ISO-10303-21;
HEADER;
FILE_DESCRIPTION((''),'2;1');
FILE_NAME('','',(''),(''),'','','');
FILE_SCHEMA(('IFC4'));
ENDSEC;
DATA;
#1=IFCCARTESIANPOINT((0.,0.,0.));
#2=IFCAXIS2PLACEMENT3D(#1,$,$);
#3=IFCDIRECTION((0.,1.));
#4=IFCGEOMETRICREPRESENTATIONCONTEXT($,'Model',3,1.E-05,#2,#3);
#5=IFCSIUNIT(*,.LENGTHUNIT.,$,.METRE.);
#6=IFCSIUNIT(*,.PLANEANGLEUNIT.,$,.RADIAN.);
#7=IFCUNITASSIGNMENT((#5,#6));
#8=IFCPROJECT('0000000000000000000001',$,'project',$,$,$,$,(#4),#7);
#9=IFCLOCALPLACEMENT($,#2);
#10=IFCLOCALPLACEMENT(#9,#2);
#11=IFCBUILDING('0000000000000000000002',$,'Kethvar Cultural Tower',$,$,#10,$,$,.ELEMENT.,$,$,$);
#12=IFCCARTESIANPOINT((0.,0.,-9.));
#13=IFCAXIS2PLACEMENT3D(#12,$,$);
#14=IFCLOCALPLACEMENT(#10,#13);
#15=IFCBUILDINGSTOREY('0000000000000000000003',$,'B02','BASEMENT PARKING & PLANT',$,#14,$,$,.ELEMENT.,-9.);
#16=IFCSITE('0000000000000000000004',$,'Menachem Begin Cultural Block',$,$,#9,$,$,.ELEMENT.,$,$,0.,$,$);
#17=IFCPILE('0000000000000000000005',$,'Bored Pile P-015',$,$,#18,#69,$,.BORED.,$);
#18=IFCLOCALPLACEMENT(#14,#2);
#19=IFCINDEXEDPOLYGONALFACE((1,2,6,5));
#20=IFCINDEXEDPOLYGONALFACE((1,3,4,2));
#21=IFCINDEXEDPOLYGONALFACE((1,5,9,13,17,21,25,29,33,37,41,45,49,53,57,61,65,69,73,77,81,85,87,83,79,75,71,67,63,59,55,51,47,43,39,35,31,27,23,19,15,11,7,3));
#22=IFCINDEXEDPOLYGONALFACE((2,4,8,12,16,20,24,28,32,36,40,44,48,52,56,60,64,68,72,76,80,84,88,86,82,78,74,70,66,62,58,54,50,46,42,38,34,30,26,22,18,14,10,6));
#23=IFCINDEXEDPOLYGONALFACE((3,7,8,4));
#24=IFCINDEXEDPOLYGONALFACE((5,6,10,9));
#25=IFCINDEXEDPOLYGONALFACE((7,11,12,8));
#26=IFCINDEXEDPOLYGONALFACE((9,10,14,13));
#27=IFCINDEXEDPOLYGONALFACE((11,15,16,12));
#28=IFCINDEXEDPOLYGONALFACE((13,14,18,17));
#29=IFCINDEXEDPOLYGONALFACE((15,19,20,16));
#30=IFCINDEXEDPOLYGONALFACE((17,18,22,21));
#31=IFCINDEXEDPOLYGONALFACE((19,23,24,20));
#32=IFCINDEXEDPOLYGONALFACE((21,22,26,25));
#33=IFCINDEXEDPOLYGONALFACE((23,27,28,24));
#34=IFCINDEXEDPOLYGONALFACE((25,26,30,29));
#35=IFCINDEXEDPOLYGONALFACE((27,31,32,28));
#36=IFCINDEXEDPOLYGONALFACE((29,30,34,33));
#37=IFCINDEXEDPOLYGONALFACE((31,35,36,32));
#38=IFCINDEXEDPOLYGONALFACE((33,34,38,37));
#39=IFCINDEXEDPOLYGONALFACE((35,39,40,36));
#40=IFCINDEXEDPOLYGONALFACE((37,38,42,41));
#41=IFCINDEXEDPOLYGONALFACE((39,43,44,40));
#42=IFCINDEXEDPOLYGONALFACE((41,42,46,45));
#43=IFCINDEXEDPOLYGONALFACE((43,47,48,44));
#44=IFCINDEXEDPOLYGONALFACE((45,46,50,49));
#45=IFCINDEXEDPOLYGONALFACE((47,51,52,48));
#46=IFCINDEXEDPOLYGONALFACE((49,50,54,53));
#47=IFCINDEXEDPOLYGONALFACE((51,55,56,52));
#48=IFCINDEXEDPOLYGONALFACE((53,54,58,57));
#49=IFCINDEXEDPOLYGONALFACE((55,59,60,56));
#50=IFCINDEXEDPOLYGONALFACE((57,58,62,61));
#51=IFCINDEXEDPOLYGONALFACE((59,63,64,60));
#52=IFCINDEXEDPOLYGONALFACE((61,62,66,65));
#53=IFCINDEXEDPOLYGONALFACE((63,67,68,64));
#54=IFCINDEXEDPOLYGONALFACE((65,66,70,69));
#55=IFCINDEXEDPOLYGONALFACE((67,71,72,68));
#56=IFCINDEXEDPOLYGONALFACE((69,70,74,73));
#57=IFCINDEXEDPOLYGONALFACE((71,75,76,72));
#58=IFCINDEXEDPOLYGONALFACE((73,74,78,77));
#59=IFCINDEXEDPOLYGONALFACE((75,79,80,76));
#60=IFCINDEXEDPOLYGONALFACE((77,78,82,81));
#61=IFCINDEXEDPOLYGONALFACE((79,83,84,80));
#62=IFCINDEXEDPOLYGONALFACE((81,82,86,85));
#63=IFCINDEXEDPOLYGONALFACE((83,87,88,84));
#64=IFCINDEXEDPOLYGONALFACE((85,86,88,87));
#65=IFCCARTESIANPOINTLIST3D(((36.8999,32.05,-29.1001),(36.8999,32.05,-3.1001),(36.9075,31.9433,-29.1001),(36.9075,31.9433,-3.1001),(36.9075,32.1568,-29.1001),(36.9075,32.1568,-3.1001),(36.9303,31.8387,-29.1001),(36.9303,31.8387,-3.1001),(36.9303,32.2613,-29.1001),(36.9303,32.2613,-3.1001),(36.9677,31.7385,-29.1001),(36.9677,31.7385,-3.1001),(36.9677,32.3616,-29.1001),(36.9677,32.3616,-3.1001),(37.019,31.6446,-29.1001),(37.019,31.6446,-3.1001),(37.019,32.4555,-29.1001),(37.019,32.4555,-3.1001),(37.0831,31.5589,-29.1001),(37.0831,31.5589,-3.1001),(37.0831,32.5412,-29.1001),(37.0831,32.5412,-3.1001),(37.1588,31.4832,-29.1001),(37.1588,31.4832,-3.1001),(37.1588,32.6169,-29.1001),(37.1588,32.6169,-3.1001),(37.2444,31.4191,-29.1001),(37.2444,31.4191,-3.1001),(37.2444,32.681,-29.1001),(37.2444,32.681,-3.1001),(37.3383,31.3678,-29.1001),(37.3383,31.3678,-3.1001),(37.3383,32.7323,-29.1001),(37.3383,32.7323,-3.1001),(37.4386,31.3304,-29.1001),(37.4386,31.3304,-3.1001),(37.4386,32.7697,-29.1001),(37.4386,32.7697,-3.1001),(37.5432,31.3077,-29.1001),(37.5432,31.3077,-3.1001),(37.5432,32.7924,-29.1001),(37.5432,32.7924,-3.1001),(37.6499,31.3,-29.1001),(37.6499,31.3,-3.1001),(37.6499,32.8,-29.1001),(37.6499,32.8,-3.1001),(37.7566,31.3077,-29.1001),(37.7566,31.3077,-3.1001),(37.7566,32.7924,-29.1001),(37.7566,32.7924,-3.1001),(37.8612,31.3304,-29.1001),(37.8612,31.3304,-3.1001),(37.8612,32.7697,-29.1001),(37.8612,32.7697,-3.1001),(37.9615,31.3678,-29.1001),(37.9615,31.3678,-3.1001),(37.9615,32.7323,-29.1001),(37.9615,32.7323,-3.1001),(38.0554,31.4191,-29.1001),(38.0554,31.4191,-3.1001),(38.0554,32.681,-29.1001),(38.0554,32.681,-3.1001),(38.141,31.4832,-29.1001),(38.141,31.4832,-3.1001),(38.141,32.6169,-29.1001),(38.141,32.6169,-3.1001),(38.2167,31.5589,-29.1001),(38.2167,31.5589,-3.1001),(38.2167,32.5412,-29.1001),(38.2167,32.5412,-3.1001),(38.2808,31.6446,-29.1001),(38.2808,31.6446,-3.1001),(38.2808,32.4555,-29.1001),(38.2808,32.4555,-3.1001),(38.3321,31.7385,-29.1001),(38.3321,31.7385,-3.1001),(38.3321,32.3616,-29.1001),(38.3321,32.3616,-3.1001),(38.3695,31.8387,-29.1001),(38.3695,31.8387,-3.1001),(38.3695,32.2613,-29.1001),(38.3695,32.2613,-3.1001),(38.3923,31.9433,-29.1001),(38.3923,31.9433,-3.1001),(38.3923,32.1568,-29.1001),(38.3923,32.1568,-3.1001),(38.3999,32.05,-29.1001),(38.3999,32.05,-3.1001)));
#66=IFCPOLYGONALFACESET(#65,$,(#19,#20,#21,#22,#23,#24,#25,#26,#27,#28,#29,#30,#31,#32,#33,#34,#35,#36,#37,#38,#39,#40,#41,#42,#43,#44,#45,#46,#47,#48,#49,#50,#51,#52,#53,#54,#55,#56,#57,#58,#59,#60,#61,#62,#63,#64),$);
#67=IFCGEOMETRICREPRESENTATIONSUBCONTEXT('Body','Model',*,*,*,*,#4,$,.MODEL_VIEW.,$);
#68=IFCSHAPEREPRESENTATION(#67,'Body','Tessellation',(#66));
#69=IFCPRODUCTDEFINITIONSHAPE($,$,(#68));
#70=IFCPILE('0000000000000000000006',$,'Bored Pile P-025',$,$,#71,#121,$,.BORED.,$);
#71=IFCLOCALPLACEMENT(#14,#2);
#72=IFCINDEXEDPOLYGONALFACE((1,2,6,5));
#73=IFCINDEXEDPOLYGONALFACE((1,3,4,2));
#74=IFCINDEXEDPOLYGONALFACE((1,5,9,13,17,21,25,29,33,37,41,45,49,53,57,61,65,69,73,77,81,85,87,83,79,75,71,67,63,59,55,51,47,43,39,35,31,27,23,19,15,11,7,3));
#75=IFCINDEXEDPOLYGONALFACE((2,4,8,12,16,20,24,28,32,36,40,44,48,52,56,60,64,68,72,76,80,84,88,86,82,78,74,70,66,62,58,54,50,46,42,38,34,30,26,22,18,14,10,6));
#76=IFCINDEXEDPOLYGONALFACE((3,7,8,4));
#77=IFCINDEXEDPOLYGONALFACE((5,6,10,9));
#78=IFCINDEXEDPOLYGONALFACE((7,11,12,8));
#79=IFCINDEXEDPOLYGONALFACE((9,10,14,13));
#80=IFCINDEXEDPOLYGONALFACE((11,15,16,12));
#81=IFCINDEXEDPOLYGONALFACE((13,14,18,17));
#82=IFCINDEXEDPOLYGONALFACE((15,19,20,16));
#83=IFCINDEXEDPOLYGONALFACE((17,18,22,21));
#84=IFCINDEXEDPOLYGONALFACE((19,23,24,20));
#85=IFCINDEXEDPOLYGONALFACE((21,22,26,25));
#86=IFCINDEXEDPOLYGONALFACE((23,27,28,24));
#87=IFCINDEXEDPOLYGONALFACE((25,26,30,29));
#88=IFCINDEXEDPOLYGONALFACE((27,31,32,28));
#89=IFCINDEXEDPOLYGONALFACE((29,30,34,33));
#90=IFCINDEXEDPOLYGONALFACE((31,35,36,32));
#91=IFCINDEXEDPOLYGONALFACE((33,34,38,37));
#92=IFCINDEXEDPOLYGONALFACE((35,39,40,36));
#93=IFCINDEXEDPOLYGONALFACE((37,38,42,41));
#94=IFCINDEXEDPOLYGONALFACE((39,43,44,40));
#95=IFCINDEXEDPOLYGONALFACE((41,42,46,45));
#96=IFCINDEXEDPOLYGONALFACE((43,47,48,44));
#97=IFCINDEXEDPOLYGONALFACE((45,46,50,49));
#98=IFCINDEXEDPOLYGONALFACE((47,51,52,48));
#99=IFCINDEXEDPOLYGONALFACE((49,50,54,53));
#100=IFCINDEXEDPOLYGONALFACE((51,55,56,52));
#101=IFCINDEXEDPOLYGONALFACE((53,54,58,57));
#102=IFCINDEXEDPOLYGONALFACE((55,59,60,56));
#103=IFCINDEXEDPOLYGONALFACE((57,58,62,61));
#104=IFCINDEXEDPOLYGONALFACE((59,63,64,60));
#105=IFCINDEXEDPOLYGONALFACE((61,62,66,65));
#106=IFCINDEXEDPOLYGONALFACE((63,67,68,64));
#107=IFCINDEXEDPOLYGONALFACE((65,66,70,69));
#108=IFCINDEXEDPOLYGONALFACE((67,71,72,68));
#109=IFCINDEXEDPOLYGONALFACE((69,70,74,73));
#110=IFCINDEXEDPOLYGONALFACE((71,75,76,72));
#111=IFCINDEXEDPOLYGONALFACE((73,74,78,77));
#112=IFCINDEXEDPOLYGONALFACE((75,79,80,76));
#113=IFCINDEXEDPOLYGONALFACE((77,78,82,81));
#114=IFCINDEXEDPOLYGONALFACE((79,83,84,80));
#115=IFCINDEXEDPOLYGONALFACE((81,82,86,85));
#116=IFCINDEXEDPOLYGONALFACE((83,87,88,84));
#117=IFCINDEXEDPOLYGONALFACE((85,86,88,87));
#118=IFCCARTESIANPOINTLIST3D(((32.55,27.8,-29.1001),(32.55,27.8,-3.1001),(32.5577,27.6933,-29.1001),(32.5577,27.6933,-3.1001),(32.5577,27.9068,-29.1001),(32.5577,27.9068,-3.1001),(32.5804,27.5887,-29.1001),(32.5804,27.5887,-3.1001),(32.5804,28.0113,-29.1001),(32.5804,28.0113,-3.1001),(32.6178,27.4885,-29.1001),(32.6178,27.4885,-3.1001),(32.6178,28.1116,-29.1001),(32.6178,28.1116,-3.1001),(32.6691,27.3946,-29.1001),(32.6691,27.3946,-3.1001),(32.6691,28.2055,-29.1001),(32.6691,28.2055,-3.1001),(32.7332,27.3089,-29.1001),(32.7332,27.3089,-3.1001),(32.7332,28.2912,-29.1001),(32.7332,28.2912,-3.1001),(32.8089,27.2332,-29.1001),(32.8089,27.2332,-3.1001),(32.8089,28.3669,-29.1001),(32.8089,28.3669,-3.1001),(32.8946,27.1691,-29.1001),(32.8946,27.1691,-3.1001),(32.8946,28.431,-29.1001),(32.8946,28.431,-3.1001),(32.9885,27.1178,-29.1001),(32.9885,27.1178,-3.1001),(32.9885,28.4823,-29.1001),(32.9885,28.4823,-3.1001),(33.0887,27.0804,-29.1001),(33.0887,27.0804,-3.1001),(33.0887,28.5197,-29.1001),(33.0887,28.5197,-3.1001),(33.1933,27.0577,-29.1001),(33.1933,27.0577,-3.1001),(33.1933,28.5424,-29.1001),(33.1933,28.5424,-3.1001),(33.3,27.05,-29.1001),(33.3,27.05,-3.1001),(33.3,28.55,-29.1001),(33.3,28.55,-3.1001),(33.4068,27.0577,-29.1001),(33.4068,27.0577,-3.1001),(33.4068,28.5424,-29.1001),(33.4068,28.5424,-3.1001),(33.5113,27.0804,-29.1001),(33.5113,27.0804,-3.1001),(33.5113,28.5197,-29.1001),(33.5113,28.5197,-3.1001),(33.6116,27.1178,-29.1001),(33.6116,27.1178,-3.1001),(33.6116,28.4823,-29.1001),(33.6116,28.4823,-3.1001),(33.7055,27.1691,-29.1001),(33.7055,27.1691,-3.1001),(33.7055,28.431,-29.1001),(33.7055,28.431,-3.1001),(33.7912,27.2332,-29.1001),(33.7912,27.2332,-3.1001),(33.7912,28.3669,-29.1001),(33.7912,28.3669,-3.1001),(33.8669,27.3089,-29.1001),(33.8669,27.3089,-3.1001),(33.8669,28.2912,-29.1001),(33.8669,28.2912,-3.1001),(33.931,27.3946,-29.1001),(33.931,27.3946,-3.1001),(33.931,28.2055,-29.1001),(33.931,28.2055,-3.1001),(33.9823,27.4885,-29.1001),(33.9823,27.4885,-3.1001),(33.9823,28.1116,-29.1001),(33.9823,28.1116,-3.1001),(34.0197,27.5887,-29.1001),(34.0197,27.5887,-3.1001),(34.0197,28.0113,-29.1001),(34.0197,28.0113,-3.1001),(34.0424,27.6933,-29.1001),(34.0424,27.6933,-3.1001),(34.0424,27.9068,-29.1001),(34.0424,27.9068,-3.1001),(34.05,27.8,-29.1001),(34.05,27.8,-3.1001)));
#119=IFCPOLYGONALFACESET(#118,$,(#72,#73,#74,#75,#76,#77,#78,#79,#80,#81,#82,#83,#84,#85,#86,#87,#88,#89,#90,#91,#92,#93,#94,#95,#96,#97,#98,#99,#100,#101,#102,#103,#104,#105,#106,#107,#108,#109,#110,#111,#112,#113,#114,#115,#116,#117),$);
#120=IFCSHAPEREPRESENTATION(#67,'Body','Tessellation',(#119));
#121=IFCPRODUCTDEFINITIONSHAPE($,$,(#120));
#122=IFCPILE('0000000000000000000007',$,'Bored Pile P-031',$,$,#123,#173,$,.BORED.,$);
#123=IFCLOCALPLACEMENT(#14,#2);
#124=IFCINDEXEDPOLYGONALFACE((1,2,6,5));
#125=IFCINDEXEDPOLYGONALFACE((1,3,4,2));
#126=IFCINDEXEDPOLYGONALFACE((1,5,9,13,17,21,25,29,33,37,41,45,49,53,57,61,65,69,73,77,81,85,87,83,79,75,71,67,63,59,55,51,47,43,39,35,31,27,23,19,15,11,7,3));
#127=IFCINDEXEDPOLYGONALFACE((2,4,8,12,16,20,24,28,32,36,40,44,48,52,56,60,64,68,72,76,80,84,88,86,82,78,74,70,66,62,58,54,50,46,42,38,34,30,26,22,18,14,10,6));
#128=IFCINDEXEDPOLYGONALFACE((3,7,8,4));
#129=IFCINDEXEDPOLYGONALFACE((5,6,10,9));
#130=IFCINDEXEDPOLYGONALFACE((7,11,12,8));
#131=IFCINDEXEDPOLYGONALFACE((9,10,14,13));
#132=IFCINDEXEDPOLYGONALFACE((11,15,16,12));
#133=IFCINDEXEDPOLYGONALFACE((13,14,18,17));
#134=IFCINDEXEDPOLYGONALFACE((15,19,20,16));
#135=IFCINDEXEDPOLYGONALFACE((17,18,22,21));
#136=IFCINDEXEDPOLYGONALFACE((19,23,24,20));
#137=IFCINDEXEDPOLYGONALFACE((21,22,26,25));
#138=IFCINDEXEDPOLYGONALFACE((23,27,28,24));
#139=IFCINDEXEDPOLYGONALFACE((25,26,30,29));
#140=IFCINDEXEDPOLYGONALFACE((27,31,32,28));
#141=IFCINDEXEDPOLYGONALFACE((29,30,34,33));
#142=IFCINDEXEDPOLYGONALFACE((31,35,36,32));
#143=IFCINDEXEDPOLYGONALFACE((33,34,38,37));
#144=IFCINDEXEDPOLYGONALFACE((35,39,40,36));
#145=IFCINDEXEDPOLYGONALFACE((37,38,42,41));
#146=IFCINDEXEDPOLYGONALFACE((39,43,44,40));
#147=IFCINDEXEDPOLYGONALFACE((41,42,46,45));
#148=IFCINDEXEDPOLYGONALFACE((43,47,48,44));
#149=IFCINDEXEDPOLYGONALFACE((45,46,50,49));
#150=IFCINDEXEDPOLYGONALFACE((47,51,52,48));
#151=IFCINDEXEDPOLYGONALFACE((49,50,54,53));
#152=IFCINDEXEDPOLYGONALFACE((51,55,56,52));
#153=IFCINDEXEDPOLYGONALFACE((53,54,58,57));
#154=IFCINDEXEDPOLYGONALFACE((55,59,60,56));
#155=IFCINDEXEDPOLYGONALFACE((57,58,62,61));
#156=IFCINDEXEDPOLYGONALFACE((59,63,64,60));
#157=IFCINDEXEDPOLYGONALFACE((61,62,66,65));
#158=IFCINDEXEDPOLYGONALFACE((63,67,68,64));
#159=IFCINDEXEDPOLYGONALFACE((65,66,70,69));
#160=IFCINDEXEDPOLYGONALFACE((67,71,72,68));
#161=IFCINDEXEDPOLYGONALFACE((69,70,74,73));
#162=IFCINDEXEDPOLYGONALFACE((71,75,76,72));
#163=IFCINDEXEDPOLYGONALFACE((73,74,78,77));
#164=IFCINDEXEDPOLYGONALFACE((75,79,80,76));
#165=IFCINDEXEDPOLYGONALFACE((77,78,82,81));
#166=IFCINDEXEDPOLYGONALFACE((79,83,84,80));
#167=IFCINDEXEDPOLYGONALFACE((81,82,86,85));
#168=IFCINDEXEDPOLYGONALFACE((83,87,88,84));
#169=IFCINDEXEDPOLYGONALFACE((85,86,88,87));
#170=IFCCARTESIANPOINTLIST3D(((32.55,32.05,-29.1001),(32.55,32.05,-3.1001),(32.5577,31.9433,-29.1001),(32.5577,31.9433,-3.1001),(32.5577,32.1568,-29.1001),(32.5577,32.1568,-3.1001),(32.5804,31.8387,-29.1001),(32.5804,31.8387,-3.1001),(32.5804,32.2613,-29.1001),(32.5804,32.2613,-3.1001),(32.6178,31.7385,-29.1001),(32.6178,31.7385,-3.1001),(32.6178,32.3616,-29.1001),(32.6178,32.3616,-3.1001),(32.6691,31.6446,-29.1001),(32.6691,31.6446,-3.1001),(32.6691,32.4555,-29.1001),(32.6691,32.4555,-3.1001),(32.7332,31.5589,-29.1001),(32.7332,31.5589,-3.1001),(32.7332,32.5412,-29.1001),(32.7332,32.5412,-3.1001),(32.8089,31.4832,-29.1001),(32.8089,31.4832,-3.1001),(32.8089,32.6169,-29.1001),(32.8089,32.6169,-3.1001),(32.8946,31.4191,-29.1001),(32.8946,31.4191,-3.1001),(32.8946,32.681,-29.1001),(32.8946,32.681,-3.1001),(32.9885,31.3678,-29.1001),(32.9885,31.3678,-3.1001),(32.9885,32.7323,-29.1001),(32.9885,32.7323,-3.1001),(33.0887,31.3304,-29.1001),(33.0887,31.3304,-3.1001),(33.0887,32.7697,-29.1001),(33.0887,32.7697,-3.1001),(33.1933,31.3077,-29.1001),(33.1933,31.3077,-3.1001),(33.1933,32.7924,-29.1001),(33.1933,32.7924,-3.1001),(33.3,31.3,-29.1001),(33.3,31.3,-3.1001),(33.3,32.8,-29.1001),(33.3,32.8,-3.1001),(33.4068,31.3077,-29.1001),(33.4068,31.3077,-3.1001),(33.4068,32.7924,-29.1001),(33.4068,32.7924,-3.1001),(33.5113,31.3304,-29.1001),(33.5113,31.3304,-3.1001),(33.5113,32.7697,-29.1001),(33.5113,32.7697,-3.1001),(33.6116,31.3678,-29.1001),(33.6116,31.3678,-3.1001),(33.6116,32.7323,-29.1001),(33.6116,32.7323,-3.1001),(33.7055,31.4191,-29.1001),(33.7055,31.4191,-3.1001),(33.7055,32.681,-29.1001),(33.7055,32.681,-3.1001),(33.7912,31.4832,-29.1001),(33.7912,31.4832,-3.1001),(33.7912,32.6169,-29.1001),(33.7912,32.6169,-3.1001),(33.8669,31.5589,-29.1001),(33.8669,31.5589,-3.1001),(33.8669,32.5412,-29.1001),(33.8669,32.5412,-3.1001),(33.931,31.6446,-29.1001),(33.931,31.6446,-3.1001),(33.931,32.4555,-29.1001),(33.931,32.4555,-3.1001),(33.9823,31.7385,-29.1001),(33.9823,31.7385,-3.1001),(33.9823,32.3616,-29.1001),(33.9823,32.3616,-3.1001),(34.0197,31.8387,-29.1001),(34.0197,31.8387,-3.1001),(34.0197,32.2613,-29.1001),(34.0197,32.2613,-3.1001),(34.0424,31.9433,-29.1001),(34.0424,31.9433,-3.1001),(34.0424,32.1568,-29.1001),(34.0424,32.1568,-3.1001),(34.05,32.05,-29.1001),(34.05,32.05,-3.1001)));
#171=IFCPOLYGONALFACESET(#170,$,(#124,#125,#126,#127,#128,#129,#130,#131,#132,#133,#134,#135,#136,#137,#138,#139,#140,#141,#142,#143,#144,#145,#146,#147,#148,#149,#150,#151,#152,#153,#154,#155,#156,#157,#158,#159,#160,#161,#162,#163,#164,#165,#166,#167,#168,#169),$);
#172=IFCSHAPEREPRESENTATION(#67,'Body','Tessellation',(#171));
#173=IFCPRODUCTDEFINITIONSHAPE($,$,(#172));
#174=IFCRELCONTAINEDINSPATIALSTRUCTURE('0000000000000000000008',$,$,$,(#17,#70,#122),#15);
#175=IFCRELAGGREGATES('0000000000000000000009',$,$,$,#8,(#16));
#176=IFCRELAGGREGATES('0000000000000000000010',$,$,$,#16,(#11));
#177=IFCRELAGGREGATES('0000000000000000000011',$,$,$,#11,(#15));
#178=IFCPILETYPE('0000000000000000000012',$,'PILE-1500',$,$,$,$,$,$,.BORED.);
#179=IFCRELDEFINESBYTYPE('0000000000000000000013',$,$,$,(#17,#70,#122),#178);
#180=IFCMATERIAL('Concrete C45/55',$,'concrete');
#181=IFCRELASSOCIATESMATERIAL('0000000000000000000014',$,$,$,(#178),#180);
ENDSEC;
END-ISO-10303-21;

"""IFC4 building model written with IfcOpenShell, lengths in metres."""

from ifc_helpers import new_model, si_unit, direction, frame, origin, origin_2d, place, context, subcontext, project, spatial, circle, extrude, source, transform, mapped, material, material_profile, profile_set, type_object, element, save


model = new_model("IFC4")

# Units and contexts
model_context = context("Model", 3, precision=1e-05, world=origin(), true_north=direction((0.0, 1.0)))
body_context = subcontext(model_context, "Body", "Model", "MODEL_VIEW")
ifc_project = project(units=[si_unit("LENGTHUNIT", "METRE"), si_unit("PLANEANGLEUNIT", "RADIAN")], contexts=[model_context])

# Site, building, storey
site_placement = place(None, origin())
site = spatial("IfcSite", under=ifc_project, at=site_placement, Name="Menachem Begin Cultural Block", CompositionType="ELEMENT", RefElevation=0.0)
building_placement = place(site_placement, origin())
building = spatial("IfcBuilding", under=site, at=building_placement, Name="Kethvar Cultural Tower", CompositionType="ELEMENT")
storey_placement = place(building_placement, frame((0.0, 0.0, -9.0)))
storey = spatial("IfcBuildingStorey", under=building, at=storey_placement, Name="B02", Description="BASEMENT PARKING & PLANT", CompositionType="ELEMENT", Elevation=-9.0)

# Piles
ifc_material_1 = material(Name="Concrete C45/55", Category="concrete")
ifc_material_profile_1 = material_profile(ifc_material_1, circle(Radius=0.75, at=origin_2d()), Name="Concrete C45/55 — PILE1500")
ifc_profile_set_1 = profile_set([ifc_material_profile_1], Name="Concrete C45/55 — PILE1500")
pile_type = type_object("IfcPileType", Name="PILE-1500", PredefinedType="BORED", material=ifc_profile_set_1)
shared_shape_1 = source(origin(), body_context, "Body", "SweptSolid", [
    extrude(circle(Radius=0.75, at=origin_2d()), origin(), (0.0, 0.0, 1.0), 26.0),
])
for number, where, z_axis, x_axis, name in (
    (1, (37.6499, 32.05, -3.1001), (0.0, 0.0, -1.0), (1.0, 0.0, 0.0), "Bored Pile P-015"),
    (2, (33.3, 27.8, -3.1001), (0.0, 0.0, -1.0), (1.0, 0.0, 0.0), "Bored Pile P-025"),
    (3, (33.3, 32.05, -3.1001), (0.0, 0.0, -1.0), (1.0, 0.0, 0.0), "Bored Pile P-031"),
):
    element("IfcPile", number, at=place(storey_placement, frame(where, z_axis=z_axis, x_axis=x_axis)), inside=storey, type_object=pile_type, Name=name, PredefinedType="BORED", context=body_context, shape_type="MappedRepresentation", body=[
        mapped(shared_shape_1, transform((0.0, 0.0, 0.0), scale=1.0)),
    ])

save(model, "model.ifc")
